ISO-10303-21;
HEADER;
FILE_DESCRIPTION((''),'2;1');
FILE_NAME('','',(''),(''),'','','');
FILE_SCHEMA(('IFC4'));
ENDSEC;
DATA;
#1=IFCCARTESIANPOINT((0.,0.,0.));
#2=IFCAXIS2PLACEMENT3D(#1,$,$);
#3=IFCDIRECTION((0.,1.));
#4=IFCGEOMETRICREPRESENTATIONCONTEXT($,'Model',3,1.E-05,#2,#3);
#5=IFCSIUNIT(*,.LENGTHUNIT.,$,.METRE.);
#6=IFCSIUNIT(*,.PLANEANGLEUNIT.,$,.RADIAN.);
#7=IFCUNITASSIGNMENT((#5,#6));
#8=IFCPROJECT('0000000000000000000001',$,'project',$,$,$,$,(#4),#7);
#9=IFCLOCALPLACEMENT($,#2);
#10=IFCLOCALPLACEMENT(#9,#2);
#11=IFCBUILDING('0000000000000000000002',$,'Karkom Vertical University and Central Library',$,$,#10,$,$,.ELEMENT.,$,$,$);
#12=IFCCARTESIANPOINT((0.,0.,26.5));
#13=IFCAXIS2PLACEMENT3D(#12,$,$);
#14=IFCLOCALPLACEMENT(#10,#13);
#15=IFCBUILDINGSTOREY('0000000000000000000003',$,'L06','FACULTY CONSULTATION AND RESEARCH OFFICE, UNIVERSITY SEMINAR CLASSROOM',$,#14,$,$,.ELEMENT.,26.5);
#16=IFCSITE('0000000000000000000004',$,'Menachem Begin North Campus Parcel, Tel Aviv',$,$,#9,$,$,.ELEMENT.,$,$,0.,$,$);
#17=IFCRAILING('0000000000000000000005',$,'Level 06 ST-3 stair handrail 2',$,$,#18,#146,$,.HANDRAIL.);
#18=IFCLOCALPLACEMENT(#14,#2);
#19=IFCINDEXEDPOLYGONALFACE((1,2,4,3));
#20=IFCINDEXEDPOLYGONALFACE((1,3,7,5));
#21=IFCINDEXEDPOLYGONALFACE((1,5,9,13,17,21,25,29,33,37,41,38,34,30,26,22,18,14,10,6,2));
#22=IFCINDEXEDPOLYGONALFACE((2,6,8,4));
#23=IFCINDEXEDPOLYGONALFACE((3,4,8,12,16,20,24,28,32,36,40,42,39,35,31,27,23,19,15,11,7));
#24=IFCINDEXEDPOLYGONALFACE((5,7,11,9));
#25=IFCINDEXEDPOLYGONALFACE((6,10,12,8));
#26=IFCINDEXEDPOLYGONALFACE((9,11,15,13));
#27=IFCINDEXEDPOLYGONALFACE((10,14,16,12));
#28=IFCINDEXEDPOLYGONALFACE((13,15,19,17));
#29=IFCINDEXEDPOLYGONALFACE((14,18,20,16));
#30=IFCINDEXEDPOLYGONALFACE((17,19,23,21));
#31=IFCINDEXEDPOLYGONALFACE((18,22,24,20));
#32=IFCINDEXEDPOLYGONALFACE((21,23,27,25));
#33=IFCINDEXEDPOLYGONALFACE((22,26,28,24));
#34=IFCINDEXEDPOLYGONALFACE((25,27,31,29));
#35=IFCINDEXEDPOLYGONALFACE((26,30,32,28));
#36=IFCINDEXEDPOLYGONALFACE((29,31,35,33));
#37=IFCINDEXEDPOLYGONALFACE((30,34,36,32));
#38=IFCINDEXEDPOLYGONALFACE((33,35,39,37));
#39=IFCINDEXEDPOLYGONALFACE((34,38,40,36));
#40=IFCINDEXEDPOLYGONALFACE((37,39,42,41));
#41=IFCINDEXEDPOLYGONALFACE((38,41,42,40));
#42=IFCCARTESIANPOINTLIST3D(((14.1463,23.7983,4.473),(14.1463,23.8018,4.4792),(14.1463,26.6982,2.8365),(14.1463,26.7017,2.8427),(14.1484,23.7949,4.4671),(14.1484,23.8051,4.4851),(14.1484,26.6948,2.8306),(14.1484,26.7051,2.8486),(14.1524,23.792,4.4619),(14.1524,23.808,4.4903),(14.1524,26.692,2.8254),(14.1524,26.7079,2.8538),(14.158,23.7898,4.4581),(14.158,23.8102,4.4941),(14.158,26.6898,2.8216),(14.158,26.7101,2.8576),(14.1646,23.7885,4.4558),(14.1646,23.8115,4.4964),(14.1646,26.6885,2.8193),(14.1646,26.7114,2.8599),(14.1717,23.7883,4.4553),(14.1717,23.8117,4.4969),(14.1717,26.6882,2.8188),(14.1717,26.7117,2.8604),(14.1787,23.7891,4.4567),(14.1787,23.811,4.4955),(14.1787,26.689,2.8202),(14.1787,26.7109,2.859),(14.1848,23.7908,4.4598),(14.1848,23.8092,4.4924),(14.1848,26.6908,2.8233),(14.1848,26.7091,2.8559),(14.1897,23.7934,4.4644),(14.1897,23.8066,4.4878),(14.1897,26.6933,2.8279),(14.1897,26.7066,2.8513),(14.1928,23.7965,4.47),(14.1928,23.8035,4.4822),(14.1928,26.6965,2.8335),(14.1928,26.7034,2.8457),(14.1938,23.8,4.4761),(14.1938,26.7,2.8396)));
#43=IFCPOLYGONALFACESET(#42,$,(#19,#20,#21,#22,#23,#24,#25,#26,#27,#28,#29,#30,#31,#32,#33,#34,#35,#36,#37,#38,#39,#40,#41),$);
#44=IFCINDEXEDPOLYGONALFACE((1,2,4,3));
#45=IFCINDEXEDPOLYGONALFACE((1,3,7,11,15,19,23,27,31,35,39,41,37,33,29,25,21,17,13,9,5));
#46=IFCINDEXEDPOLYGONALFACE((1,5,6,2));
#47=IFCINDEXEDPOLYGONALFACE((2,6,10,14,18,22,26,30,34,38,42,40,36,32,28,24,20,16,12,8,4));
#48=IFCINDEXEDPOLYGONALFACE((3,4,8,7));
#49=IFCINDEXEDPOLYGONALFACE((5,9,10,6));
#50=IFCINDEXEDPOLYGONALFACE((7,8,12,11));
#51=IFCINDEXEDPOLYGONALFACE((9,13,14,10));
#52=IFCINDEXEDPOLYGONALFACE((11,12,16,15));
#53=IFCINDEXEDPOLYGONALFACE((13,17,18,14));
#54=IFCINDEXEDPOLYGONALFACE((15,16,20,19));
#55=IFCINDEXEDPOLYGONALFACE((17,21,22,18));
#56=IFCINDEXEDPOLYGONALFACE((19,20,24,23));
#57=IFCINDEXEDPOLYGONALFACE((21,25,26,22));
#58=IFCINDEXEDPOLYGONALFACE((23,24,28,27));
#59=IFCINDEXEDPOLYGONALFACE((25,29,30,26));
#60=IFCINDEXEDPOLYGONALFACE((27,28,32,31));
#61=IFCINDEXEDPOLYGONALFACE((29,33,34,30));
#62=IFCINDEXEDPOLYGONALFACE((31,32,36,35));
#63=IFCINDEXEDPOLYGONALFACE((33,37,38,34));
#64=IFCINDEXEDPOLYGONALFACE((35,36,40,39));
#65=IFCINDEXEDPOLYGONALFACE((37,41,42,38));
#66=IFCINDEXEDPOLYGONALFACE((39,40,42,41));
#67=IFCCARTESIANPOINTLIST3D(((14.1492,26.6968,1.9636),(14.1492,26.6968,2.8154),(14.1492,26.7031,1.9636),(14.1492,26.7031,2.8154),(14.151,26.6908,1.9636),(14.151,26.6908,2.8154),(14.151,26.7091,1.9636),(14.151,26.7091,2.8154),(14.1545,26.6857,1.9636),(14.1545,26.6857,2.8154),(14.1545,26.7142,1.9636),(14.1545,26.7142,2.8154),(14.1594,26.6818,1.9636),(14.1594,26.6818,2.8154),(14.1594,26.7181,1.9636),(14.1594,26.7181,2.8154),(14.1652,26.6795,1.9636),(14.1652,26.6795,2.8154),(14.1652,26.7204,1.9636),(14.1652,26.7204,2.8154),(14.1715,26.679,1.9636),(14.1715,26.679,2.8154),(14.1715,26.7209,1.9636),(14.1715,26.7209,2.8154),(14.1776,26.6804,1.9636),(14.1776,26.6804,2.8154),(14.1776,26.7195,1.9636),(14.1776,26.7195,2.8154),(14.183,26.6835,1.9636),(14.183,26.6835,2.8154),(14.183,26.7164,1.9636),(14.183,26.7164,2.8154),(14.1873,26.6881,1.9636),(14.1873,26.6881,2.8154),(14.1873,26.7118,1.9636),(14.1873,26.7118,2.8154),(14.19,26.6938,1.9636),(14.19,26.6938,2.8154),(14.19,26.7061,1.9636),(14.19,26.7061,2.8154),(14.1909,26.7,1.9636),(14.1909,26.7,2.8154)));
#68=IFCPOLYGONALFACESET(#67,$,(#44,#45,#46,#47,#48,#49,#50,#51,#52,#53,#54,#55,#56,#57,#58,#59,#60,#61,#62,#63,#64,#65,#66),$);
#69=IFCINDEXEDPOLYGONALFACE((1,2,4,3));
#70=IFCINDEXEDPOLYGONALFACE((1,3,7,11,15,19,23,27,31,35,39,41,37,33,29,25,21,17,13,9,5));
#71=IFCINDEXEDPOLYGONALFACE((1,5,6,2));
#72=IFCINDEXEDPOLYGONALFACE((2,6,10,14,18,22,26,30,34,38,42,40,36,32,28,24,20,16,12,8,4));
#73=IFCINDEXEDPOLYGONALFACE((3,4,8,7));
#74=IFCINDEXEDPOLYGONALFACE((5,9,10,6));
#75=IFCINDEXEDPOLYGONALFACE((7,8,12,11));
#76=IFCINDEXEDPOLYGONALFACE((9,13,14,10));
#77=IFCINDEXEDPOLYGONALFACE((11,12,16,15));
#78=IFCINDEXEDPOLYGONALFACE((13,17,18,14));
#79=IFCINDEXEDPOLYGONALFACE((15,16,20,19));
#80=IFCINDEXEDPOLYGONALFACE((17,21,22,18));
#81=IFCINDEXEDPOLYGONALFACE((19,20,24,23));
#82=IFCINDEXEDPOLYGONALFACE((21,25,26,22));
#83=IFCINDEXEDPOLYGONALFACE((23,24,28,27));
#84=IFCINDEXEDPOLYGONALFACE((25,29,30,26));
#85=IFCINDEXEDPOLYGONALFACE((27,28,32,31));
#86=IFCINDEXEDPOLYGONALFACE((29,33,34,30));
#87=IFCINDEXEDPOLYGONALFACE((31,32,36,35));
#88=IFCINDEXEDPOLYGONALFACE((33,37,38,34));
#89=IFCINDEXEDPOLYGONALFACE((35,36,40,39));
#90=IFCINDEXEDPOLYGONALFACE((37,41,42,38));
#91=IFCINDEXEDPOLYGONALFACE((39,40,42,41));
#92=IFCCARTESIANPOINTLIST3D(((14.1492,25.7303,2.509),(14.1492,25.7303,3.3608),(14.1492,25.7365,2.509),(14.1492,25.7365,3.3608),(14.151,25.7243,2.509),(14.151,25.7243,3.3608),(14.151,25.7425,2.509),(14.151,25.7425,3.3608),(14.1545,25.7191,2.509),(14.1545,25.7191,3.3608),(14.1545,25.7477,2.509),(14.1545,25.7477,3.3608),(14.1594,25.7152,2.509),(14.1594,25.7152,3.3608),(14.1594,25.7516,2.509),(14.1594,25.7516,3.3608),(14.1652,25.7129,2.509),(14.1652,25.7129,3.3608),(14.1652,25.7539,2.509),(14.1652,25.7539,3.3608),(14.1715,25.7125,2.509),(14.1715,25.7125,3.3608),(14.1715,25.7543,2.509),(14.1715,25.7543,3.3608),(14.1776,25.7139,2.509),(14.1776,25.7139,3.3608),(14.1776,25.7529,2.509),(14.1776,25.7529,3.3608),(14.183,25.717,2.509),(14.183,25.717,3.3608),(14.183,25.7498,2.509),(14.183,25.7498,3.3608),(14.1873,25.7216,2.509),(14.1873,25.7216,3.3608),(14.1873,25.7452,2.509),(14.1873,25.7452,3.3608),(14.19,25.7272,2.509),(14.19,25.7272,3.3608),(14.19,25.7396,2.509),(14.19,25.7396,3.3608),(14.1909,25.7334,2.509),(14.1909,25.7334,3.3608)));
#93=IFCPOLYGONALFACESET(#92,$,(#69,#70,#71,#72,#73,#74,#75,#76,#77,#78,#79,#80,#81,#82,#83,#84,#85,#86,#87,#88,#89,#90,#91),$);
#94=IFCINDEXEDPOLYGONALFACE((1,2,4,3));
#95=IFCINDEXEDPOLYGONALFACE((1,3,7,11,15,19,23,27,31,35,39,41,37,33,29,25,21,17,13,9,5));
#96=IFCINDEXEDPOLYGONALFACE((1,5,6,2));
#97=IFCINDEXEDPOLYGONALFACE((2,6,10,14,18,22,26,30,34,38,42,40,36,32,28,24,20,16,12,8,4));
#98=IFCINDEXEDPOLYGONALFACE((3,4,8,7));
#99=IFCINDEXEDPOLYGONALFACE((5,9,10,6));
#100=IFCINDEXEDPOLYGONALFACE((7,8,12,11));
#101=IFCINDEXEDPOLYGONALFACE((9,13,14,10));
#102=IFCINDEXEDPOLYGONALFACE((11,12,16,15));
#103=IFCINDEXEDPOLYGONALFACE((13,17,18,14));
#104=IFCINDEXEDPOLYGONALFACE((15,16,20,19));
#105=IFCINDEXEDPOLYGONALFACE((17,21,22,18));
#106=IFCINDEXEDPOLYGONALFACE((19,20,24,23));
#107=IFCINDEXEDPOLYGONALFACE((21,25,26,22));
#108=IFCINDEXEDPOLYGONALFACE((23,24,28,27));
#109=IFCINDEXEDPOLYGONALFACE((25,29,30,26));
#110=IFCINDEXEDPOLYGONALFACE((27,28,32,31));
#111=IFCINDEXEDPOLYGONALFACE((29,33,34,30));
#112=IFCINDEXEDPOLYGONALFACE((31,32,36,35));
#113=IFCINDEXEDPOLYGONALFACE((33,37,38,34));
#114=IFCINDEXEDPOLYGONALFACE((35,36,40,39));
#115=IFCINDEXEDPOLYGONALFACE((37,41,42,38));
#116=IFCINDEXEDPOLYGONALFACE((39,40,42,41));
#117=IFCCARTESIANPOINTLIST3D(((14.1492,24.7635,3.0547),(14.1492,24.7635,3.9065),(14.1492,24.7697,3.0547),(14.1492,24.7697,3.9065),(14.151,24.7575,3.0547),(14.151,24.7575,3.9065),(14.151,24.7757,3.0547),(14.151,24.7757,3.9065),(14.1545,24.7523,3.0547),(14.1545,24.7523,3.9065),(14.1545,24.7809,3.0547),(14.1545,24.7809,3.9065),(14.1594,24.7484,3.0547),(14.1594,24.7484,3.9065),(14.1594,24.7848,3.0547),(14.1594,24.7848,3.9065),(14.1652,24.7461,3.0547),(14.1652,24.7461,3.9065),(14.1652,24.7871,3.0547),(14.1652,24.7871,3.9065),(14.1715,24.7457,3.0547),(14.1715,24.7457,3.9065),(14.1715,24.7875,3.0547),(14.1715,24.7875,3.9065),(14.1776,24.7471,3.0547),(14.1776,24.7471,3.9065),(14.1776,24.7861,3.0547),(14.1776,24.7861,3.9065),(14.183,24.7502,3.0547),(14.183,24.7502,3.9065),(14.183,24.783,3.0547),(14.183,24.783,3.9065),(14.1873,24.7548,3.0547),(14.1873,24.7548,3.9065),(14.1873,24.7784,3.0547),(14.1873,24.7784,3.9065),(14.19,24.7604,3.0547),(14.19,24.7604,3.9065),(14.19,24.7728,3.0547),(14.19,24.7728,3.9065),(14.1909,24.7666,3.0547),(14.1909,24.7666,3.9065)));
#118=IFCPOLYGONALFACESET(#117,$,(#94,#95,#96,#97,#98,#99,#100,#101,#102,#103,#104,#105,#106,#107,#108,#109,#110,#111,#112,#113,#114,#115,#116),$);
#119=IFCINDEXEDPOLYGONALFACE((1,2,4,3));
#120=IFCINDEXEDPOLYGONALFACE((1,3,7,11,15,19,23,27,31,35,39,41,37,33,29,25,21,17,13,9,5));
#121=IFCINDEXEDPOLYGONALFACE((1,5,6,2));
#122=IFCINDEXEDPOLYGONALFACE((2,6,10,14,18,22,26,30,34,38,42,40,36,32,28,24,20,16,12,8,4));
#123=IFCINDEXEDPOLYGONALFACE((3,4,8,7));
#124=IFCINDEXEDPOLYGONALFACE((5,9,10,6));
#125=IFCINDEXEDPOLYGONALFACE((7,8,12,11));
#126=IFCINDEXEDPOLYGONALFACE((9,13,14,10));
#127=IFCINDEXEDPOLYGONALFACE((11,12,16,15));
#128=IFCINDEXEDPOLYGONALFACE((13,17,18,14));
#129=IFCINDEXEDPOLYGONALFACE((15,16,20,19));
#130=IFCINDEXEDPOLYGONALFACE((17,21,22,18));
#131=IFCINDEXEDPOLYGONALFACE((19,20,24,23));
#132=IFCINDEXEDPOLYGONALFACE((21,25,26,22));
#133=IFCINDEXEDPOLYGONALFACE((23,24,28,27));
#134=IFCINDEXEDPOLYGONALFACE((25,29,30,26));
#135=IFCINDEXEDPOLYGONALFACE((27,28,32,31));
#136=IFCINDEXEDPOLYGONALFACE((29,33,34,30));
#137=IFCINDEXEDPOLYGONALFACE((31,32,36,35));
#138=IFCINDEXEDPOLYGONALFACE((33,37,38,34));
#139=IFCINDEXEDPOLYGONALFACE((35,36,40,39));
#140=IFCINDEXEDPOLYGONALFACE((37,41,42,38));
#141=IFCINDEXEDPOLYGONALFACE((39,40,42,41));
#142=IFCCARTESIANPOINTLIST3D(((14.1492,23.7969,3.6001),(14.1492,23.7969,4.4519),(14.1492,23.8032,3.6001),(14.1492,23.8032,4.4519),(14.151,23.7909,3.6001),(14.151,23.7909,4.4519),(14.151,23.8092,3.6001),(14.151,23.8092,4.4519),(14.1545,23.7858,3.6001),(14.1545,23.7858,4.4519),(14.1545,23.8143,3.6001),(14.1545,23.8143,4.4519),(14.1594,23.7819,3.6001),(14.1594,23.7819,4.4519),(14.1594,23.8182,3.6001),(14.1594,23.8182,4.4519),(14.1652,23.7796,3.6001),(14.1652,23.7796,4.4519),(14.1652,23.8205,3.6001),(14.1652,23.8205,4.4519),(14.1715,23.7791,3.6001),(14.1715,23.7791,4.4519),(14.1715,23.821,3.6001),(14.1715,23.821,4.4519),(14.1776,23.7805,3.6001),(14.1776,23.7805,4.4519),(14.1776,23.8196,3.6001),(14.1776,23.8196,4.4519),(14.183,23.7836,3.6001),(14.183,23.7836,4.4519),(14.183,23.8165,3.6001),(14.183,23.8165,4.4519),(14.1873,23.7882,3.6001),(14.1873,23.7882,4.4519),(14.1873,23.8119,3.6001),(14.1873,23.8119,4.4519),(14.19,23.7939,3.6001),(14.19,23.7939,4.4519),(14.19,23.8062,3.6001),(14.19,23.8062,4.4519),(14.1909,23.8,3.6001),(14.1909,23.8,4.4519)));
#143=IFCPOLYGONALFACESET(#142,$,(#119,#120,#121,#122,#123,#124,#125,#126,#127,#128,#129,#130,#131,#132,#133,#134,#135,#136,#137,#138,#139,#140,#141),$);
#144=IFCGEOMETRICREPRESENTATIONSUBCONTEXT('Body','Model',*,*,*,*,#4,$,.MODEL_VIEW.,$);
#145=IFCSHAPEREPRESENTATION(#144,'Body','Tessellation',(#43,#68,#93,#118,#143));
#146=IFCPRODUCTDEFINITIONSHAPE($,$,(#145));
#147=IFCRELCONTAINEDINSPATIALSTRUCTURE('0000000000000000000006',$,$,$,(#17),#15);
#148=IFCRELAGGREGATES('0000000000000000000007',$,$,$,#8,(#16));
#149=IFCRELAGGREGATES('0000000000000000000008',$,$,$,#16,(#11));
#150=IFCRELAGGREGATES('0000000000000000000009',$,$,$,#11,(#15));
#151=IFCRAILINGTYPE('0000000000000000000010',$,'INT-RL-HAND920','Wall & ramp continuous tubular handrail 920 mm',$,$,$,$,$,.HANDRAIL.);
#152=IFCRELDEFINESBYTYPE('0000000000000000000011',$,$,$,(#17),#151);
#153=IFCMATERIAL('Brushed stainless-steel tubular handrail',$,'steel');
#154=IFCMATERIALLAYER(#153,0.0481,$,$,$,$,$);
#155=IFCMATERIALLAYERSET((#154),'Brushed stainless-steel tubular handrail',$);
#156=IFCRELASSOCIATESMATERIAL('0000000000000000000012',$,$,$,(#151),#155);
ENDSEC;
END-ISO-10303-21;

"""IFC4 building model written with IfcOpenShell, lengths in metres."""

from ifc_helpers import new_model, si_unit, direction, frame, origin, origin_2d, place, context, subcontext, project, spatial, circle, extrude, material, layer, layer_set, type_object, element, save


model = new_model("IFC4")

# Units and contexts
model_context = context("Model", 3, precision=1e-05, world=origin(), true_north=direction((0.0, 1.0)))
body_context = subcontext(model_context, "Body", "Model", "MODEL_VIEW")
ifc_project = project(units=[si_unit("LENGTHUNIT", "METRE"), si_unit("PLANEANGLEUNIT", "RADIAN")], contexts=[model_context])

# Site, building, storey
site_placement = place(None, origin())
site = spatial("IfcSite", under=ifc_project, at=site_placement, Name="Menachem Begin North Campus Parcel, Tel Aviv", CompositionType="ELEMENT", RefElevation=0.0)
building_placement = place(site_placement, origin())
building = spatial("IfcBuilding", under=site, at=building_placement, Name="Karkom Vertical University and Central Library", CompositionType="ELEMENT")
storey_placement = place(building_placement, frame((0.0, 0.0, 26.5)))
storey = spatial("IfcBuildingStorey", under=building, at=storey_placement, Name="L06", Description="FACULTY CONSULTATION AND RESEARCH OFFICE, UNIVERSITY SEMINAR CLASSROOM", CompositionType="ELEMENT", Elevation=26.5)

# Railing
ifc_material_1 = material(Name="Brushed stainless-steel tubular handrail", Category="steel")
ifc_layer_1 = layer(ifc_material_1, 0.0481)
ifc_layer_set_1 = layer_set([ifc_layer_1], Name="Brushed stainless-steel tubular handrail")
railing_type_1 = type_object("IfcRailingType", Name="INT-RL-HAND920", Description="Wall & ramp continuous tubular handrail 920 mm", PredefinedType="HANDRAIL", material=ifc_layer_set_1)
railing_1_placement = place(storey_placement, frame((14.1699, 26.7, 1.9636)))
element("IfcRailing", 1, at=railing_1_placement, inside=storey, type_object=railing_type_1, Name="Level 06 ST-3 stair handrail 2", PredefinedType="HANDRAIL", context=body_context, shape_type="SweptSolid", body=[
    extrude(circle(Radius=0.0239, at=origin_2d()), frame((0.0, 0.0, 0.876), z_axis=(0.0, -0.870897, 0.491465), x_axis=(1.0, 0.0, 0.0)), (0.0, 0.0, 1.0), 3.3298),
    extrude(circle(Radius=0.021, at=origin_2d()), origin(), (0.0, 0.0, 1.0), 0.8518),
    extrude(circle(Radius=0.021, at=origin_2d()), frame((0.0, -0.9666, 0.5454)), (0.0, 0.0, 1.0), 0.8518),
    extrude(circle(Radius=0.021, at=origin_2d()), frame((0.0, -1.9333, 1.0911)), (0.0, 0.0, 1.0), 0.8518),
    extrude(circle(Radius=0.021, at=origin_2d()), frame((0.0, -2.8999, 1.6365)), (0.0, 0.0, 1.0), 0.8518),
])

save(model, "model.ifc")
